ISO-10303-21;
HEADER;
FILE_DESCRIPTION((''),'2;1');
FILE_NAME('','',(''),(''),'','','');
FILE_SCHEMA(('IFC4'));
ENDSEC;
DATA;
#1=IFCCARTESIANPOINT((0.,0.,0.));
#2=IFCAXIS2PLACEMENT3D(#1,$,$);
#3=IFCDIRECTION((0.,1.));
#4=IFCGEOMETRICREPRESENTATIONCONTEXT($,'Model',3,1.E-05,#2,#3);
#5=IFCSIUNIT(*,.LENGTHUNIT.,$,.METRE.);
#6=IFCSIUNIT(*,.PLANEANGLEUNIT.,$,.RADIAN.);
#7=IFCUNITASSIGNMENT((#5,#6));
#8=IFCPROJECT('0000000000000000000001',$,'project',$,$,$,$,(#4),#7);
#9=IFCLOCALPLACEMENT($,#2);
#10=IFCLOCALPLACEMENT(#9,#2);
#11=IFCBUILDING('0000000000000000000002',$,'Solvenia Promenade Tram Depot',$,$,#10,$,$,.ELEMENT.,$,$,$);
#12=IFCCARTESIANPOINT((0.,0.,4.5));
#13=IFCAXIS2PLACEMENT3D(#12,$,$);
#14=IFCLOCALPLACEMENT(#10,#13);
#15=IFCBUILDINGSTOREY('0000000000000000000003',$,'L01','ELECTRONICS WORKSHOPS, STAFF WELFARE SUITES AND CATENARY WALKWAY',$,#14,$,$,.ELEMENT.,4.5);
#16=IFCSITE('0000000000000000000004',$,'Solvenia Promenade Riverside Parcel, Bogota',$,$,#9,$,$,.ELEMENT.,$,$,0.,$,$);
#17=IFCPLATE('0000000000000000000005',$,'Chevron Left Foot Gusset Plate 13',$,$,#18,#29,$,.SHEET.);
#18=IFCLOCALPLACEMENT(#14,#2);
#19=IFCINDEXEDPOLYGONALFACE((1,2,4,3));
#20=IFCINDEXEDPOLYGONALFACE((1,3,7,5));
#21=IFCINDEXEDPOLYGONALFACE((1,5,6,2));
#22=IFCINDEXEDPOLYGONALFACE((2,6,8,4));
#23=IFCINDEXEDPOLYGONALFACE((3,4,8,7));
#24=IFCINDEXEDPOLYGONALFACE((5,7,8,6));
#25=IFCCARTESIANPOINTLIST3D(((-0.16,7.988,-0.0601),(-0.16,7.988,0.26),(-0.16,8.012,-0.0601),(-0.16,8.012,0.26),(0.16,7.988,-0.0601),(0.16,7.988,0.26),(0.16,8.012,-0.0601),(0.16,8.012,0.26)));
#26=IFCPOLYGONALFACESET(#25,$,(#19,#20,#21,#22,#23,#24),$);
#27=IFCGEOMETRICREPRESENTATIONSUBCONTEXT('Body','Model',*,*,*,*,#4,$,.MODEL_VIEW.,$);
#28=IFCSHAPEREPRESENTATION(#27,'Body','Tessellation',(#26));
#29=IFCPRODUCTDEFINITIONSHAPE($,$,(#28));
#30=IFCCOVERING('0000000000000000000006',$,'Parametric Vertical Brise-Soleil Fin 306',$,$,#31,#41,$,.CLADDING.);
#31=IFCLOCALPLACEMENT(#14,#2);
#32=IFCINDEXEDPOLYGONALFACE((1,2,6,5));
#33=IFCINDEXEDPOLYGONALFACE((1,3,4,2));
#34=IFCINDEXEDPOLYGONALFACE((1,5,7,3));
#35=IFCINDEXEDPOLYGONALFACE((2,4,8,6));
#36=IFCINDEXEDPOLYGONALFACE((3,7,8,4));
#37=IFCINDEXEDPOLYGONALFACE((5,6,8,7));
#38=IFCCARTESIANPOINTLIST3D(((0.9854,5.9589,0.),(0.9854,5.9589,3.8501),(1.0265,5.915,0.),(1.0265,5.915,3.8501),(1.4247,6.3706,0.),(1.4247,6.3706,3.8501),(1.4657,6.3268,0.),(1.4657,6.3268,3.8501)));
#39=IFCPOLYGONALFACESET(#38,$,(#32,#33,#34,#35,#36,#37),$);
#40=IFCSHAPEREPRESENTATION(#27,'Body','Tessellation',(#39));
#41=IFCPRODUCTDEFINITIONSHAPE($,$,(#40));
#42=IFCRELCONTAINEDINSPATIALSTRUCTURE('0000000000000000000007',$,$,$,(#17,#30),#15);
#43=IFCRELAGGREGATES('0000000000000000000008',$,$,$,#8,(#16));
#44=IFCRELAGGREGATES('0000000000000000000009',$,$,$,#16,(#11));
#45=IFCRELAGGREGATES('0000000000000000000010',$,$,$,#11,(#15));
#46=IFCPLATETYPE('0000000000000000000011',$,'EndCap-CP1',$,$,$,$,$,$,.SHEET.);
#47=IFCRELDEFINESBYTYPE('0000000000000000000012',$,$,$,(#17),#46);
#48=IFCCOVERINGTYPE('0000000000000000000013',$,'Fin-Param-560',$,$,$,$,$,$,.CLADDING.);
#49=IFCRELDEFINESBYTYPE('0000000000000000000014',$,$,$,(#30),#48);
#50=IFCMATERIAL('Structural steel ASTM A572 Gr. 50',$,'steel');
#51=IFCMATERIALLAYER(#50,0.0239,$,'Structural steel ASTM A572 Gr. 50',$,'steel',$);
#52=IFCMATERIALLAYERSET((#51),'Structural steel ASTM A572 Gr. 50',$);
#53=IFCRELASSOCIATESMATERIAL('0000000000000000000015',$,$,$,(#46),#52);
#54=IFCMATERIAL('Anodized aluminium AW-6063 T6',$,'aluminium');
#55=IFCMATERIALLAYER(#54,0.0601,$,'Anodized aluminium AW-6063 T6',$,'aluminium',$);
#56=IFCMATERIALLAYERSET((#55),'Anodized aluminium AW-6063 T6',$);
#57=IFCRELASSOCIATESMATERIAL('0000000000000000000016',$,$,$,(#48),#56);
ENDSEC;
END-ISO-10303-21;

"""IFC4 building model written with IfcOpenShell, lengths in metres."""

from ifc_helpers import new_model, si_unit, direction, frame, origin, origin_2d, place, context, subcontext, project, spatial, rectangle, extrude, material, layer, layer_set, type_object, element, save


model = new_model("IFC4")

# Units and contexts
model_context = context("Model", 3, precision=1e-05, world=origin(), true_north=direction((0.0, 1.0)))
body_context = subcontext(model_context, "Body", "Model", "MODEL_VIEW")
ifc_project = project(units=[si_unit("LENGTHUNIT", "METRE"), si_unit("PLANEANGLEUNIT", "RADIAN")], contexts=[model_context])

# Site, building, storey
site_placement = place(None, origin())
site = spatial("IfcSite", under=ifc_project, at=site_placement, Name="Solvenia Promenade Riverside Parcel, Bogota", CompositionType="ELEMENT", RefElevation=0.0)
building_placement = place(site_placement, origin())
building = spatial("IfcBuilding", under=site, at=building_placement, Name="Solvenia Promenade Tram Depot", CompositionType="ELEMENT")
storey_placement = place(building_placement, frame((0.0, 0.0, 4.5)))
storey = spatial("IfcBuildingStorey", under=building, at=storey_placement, Name="L01", Description="ELECTRONICS WORKSHOPS, STAFF WELFARE SUITES AND CATENARY WALKWAY", CompositionType="ELEMENT", Elevation=4.5)

# Shared definitions
ifc_material_1 = material(Name="Anodized aluminium AW-6063 T6", Category="aluminium")

# Plate
ifc_material_2 = material(Name="Structural steel ASTM A572 Gr. 50", Category="steel")
ifc_layer_1 = layer(ifc_material_2, 0.0239, Name="Structural steel ASTM A572 Gr. 50", Category="steel")
ifc_layer_set_1 = layer_set([ifc_layer_1], Name="Structural steel ASTM A572 Gr. 50")
plate_type_1 = type_object("IfcPlateType", Name="EndCap-CP1", PredefinedType="SHEET", material=ifc_layer_set_1)
plate_1_placement = place(storey_placement, frame((0.0, 8.0, -0.0601), z_axis=(0.0, 0.0, 1.0), x_axis=(1.0, 0.0, 0.0)))
element("IfcPlate", 1, at=plate_1_placement, inside=storey, type_object=plate_type_1, Name="Chevron Left Foot Gusset Plate 13", PredefinedType="SHEET", context=body_context, shape_type="SweptSolid", body=[
    extrude(rectangle(XDim=0.3201, YDim=0.0239, at=origin_2d()), origin(), (0.0, 0.0, 1.0), 0.3201),
])

# Covering
ifc_layer_2 = layer(ifc_material_1, 0.0601, Name="Anodized aluminium AW-6063 T6", Category="aluminium")
ifc_layer_set_2 = layer_set([ifc_layer_2], Name="Anodized aluminium AW-6063 T6")
covering_type = type_object("IfcCoveringType", Name="Fin-Param-560", PredefinedType="CLADDING", material=ifc_layer_set_2)
covering_placement = place(storey_placement, frame((1.2256, 6.1428, 0.0), z_axis=(0.0, 0.0, 1.0), x_axis=(0.683911, -0.729566, 0.0)))
element("IfcCovering", 2, at=covering_placement, inside=storey, type_object=covering_type, Name="Parametric Vertical Brise-Soleil Fin 306", PredefinedType="CLADDING", context=body_context, shape_type="SweptSolid", body=[
    extrude(rectangle(XDim=0.0601, YDim=0.6021, at=origin_2d()), origin(), (0.0, 0.0, 1.0), 3.8501),
])

save(model, "model.ifc")
